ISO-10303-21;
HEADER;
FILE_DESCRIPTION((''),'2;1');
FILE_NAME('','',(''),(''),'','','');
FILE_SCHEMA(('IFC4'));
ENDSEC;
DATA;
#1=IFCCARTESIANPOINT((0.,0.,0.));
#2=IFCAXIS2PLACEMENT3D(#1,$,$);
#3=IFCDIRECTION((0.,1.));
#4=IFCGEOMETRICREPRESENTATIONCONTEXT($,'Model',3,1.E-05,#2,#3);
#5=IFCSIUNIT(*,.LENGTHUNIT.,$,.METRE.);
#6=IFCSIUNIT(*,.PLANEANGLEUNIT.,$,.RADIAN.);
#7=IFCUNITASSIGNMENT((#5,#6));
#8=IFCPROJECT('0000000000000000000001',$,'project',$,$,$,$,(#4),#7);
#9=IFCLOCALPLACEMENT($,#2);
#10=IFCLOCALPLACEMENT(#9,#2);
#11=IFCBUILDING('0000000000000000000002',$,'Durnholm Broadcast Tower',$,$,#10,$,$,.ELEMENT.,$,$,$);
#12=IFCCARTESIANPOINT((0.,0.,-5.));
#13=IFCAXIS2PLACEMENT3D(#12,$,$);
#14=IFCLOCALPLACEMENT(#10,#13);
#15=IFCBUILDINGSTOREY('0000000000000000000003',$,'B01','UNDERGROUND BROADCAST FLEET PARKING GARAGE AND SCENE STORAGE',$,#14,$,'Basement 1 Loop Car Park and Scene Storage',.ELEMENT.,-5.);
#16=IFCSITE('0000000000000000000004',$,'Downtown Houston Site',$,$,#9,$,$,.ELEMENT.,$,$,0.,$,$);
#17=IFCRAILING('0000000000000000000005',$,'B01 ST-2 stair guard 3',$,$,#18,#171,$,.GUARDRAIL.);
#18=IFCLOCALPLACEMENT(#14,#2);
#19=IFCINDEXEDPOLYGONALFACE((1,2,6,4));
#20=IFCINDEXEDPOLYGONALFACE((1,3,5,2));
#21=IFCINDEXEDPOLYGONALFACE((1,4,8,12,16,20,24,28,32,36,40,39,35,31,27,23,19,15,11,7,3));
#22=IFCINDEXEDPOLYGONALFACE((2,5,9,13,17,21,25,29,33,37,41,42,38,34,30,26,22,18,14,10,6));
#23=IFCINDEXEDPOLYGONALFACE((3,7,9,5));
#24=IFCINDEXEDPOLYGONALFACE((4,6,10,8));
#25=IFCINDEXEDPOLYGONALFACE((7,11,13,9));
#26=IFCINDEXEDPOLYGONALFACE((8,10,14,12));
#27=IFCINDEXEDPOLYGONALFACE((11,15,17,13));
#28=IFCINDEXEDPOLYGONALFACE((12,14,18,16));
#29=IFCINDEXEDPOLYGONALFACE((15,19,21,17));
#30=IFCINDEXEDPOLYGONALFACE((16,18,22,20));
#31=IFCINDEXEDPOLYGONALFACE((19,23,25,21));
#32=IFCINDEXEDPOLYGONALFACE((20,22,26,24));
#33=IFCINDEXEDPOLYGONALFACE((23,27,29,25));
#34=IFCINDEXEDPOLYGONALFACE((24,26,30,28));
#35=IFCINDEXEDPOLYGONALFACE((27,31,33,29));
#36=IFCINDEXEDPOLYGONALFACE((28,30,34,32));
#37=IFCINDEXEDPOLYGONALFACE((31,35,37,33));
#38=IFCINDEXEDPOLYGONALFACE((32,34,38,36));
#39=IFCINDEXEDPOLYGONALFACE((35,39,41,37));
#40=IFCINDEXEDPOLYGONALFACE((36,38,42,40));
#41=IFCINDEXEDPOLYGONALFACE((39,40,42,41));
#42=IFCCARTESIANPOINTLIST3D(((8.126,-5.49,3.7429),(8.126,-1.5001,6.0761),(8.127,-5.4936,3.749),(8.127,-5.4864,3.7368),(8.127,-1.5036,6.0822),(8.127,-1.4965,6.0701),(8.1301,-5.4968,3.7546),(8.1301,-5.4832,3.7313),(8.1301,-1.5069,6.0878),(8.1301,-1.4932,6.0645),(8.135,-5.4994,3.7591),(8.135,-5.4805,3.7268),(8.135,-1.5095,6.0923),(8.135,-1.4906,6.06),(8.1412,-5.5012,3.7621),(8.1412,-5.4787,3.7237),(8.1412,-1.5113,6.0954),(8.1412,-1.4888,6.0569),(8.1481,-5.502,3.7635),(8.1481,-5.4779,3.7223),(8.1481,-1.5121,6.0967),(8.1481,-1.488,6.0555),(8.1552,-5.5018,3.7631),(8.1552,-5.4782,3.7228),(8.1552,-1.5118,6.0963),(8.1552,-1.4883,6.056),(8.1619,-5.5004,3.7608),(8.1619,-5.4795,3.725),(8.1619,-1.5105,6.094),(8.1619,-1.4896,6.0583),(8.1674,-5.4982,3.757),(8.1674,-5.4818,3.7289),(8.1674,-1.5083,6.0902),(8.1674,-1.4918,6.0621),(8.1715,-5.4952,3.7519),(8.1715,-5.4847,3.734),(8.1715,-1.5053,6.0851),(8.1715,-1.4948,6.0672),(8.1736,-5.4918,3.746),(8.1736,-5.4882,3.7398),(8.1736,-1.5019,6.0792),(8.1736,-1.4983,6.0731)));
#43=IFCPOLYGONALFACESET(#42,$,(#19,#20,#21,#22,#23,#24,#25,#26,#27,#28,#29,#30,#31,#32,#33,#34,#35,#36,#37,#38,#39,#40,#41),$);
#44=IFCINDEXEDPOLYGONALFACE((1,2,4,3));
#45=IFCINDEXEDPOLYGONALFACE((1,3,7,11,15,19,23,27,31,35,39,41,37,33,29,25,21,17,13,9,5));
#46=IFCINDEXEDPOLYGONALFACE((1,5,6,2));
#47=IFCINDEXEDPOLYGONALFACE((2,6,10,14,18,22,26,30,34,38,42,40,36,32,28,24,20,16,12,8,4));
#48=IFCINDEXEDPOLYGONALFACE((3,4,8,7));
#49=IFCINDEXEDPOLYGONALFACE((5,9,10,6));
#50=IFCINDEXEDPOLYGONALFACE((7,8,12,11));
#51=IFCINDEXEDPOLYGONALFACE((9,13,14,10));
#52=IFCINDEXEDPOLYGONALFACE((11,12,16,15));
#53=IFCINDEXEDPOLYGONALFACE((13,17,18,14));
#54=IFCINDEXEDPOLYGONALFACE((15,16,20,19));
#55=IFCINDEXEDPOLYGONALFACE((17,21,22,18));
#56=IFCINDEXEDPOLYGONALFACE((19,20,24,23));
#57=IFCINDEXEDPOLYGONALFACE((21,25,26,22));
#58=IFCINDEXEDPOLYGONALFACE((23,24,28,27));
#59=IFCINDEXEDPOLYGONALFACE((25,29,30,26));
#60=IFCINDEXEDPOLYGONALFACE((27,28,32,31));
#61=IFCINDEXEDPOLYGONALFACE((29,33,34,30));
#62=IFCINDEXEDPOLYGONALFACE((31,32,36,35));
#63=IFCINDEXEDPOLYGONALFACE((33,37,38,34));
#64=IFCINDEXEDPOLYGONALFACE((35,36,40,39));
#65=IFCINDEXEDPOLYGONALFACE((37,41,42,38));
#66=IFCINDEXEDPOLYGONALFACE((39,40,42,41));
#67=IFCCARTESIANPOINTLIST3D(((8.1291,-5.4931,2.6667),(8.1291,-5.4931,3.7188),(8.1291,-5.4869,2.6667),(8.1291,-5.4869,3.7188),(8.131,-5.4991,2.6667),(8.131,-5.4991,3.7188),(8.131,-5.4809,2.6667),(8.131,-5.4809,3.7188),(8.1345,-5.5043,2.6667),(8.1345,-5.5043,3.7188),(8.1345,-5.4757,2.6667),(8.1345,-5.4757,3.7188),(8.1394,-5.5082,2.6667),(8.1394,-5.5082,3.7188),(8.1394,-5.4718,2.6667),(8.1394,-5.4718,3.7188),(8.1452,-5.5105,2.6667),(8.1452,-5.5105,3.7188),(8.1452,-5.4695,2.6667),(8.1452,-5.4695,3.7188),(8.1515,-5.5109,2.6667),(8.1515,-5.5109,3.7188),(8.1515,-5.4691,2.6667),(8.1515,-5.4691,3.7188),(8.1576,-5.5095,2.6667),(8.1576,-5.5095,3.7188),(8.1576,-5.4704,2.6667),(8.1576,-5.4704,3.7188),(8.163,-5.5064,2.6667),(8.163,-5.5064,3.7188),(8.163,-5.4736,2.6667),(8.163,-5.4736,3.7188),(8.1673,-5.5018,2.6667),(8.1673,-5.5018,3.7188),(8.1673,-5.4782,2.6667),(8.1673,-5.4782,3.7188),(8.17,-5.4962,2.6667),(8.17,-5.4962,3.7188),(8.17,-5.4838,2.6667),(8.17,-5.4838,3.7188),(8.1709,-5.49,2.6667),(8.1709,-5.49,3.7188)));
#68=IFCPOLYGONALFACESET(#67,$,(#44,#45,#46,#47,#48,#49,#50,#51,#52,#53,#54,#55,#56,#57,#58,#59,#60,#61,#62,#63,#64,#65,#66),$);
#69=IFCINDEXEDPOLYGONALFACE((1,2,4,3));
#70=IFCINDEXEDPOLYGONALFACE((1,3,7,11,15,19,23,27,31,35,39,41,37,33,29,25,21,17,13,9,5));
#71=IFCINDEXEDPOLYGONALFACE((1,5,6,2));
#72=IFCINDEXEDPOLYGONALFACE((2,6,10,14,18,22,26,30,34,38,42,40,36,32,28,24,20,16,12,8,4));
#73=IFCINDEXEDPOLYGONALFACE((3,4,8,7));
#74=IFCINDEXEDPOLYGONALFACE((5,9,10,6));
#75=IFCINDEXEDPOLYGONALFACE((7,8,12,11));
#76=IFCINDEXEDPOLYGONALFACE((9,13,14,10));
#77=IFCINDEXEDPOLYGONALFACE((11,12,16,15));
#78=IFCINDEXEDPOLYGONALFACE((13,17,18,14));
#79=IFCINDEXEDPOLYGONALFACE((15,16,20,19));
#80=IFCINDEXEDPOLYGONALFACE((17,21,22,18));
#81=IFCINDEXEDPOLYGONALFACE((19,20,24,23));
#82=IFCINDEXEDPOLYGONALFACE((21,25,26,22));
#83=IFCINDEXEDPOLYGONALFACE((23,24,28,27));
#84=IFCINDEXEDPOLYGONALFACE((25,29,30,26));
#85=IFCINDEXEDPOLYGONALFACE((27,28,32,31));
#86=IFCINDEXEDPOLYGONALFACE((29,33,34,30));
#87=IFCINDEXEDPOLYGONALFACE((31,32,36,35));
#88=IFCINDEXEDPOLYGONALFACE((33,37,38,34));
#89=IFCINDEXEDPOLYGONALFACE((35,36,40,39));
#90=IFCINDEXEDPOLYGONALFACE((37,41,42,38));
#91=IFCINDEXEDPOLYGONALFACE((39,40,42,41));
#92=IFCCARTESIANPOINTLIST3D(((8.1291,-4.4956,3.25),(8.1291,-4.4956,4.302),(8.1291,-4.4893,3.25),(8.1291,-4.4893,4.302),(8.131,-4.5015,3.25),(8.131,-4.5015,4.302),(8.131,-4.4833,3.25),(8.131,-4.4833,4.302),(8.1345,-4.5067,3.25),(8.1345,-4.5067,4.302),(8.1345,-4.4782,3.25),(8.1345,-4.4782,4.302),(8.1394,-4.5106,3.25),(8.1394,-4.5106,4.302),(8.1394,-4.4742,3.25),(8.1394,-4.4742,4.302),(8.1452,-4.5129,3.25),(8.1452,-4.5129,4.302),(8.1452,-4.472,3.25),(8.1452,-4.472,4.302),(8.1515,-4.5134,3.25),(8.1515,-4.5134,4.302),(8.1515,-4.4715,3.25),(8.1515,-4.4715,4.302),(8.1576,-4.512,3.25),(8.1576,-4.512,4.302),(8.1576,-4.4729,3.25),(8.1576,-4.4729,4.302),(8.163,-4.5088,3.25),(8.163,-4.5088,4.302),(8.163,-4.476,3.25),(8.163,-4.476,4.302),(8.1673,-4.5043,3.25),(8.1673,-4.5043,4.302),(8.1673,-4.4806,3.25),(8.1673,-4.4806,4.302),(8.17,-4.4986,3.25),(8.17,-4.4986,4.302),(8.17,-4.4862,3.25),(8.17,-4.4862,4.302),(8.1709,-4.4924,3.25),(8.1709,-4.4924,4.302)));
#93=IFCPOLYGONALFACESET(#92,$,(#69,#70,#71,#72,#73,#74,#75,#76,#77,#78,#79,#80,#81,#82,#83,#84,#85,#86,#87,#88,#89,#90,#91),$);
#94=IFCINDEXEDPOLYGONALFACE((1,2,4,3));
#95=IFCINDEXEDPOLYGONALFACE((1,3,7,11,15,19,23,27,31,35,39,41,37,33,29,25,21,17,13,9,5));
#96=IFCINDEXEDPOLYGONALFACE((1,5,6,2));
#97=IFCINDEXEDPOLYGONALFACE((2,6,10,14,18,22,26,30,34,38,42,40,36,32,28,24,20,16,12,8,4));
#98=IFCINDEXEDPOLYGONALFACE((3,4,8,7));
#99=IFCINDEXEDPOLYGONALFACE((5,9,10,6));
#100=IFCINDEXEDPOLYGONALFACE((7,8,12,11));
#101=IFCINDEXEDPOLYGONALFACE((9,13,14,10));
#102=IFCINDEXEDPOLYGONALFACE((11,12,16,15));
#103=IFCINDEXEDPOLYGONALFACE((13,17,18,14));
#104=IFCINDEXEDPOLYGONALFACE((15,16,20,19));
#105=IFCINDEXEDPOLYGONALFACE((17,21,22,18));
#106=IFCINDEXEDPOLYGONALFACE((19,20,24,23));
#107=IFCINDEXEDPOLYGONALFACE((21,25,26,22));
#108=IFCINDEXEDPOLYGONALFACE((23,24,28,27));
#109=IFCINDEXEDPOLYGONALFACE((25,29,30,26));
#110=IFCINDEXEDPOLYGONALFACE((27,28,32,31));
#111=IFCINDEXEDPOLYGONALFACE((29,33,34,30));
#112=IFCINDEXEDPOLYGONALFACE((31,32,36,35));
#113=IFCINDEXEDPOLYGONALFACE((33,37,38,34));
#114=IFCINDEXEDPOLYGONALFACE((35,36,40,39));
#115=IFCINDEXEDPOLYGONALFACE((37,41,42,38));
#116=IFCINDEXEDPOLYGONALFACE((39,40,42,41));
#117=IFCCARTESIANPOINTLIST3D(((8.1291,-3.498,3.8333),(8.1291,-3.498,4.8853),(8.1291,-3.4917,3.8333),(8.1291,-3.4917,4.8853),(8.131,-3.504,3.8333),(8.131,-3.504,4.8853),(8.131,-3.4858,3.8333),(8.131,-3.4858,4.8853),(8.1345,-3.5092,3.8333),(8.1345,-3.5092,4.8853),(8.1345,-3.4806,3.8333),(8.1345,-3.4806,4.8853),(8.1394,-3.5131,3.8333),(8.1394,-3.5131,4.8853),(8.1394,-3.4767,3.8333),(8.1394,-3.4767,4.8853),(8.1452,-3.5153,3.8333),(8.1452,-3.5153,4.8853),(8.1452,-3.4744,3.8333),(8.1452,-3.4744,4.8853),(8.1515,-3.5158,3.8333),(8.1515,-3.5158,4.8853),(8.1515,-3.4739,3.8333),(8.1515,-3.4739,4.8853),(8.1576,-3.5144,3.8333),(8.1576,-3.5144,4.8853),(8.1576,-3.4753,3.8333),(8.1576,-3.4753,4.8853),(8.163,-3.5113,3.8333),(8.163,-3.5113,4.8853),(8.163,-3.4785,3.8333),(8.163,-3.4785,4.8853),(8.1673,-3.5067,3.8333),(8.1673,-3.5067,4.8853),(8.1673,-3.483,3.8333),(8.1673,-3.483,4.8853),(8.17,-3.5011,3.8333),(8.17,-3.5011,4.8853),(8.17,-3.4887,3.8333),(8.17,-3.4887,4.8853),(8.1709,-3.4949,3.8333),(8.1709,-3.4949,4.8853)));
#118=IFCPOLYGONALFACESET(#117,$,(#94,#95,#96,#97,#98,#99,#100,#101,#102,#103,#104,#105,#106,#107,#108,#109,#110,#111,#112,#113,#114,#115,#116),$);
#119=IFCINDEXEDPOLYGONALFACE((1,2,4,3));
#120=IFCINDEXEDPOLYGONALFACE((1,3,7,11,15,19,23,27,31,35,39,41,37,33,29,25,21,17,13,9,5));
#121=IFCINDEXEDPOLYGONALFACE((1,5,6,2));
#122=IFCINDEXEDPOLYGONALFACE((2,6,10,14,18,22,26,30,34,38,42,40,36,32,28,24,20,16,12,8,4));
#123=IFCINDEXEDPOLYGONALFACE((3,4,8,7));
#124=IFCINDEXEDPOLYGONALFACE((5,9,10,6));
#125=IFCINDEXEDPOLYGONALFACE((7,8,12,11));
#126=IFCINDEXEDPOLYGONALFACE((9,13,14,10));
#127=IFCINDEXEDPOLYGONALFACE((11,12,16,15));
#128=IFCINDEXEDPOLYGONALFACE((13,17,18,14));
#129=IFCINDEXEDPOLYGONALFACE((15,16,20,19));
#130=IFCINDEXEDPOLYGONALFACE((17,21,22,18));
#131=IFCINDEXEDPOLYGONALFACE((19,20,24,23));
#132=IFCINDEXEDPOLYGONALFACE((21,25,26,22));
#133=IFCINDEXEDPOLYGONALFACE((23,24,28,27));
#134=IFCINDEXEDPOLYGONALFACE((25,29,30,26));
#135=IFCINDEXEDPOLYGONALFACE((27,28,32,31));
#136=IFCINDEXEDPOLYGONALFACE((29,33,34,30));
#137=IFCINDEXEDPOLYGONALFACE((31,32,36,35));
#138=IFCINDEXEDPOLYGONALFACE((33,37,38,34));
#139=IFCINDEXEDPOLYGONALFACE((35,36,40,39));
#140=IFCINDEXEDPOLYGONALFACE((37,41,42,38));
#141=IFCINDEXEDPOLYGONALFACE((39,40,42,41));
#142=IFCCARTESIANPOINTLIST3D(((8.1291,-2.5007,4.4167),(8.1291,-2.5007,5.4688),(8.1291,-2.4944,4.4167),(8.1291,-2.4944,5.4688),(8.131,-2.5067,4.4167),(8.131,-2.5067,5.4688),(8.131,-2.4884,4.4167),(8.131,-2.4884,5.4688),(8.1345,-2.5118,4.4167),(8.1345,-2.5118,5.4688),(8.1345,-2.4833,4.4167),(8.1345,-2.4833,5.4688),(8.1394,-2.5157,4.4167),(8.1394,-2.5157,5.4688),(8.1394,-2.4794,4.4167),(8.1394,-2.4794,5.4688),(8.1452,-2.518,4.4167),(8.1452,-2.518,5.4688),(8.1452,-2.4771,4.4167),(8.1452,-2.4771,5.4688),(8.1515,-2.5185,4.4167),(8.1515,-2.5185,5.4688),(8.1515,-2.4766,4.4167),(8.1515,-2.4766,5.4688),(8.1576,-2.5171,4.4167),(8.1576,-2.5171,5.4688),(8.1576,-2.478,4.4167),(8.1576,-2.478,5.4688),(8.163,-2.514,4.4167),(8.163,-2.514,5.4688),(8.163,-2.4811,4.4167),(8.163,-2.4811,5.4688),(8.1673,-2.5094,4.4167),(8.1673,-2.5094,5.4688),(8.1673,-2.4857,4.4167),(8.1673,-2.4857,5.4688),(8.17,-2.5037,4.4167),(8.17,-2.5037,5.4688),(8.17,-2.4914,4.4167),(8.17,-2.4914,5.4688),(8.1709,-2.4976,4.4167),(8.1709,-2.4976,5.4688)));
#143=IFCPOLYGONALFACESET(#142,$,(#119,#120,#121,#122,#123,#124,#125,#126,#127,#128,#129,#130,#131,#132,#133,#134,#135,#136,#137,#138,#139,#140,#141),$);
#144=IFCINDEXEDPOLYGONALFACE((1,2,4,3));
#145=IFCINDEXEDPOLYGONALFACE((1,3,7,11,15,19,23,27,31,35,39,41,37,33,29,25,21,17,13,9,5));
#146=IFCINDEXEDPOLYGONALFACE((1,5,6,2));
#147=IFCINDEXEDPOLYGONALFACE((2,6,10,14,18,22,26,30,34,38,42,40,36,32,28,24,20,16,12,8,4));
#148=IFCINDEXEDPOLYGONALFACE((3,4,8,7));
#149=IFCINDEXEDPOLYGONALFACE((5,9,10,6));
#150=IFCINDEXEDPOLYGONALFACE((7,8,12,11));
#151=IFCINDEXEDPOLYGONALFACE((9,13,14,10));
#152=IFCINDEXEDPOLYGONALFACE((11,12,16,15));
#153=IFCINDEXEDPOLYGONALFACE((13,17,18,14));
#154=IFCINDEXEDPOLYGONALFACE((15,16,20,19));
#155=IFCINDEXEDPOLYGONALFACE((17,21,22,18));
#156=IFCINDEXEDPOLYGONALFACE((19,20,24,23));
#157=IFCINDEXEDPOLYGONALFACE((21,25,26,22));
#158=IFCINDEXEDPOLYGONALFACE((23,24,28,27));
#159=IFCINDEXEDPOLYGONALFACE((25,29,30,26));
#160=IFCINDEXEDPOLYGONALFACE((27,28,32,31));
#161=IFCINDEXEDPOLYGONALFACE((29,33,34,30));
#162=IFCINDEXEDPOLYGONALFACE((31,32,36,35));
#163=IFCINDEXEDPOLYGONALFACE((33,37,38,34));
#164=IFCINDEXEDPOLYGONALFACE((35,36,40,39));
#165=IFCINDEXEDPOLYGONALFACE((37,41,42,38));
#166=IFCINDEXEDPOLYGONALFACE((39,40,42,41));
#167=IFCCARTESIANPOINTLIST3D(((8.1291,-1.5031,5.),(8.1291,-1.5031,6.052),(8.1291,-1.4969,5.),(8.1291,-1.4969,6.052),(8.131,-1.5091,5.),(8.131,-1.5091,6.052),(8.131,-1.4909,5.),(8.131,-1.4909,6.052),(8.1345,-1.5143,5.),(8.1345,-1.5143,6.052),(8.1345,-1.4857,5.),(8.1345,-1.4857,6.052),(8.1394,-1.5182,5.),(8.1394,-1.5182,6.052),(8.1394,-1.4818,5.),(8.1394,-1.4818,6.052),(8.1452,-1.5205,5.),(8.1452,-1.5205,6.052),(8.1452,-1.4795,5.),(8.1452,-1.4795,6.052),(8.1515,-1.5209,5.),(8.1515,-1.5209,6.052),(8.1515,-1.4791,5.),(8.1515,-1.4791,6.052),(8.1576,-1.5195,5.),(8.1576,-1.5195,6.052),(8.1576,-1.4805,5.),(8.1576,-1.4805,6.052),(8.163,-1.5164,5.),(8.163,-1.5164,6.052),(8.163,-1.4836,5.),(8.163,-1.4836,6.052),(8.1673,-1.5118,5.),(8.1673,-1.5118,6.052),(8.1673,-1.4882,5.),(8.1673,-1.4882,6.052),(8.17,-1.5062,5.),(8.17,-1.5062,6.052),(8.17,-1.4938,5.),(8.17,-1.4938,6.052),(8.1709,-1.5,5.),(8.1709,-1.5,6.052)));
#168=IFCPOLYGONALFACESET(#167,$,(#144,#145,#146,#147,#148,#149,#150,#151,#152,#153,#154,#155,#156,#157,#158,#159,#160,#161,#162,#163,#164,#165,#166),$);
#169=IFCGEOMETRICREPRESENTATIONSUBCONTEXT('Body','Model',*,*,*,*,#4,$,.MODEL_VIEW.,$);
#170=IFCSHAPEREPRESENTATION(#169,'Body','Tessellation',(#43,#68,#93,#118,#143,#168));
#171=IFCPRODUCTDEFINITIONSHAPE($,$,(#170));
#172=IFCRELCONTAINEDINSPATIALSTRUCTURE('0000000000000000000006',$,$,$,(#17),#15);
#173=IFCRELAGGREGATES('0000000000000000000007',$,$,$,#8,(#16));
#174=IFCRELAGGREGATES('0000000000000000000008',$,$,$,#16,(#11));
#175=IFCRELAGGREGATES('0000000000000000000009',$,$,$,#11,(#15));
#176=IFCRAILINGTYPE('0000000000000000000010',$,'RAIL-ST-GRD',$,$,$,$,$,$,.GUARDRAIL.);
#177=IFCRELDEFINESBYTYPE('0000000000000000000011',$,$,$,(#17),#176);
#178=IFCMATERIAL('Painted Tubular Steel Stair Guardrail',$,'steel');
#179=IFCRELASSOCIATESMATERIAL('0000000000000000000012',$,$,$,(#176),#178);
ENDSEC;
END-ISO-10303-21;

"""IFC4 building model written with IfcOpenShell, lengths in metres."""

from ifc_helpers import new_model, si_unit, direction, frame, origin, origin_2d, place, context, subcontext, project, spatial, circle, extrude, material, type_object, element, save


model = new_model("IFC4")

# Units and contexts
model_context = context("Model", 3, precision=1e-05, world=origin(), true_north=direction((0.0, 1.0)))
body_context = subcontext(model_context, "Body", "Model", "MODEL_VIEW")
ifc_project = project(units=[si_unit("LENGTHUNIT", "METRE"), si_unit("PLANEANGLEUNIT", "RADIAN")], contexts=[model_context])

# Site, building, storey
site_placement = place(None, origin())
site = spatial("IfcSite", under=ifc_project, at=site_placement, Name="Downtown Houston Site", CompositionType="ELEMENT", RefElevation=0.0)
building_placement = place(site_placement, origin())
building = spatial("IfcBuilding", under=site, at=building_placement, Name="Durnholm Broadcast Tower", CompositionType="ELEMENT")
storey_placement = place(building_placement, frame((0.0, 0.0, -5.0)))
storey = spatial("IfcBuildingStorey", under=building, at=storey_placement, Name="B01", Description="UNDERGROUND BROADCAST FLEET PARKING GARAGE AND SCENE STORAGE", LongName="Basement 1 Loop Car Park and Scene Storage", CompositionType="ELEMENT", Elevation=-5.0)

# Railing
ifc_material_1 = material(Name="Painted Tubular Steel Stair Guardrail", Category="steel")
railing_type_1 = type_object("IfcRailingType", Name="RAIL-ST-GRD", PredefinedType="GUARDRAIL", material=ifc_material_1)
railing_1_placement = place(storey_placement, frame((8.1499, -5.49, 2.6667)))
element("IfcRailing", 1, at=railing_1_placement, inside=storey, type_object=railing_type_1, Name="B01 ST-2 stair guard 3", PredefinedType="GUARDRAIL", context=body_context, shape_type="SweptSolid", body=[
    extrude(circle(Radius=0.0239, at=origin_2d()), frame((0.0, 0.0, 1.0762), z_axis=(0.0, 0.863236, 0.5048), x_axis=(-1.0, 0.0, 0.0)), (0.0, 0.0, 1.0), 4.6221),
    extrude(circle(Radius=0.021, at=origin_2d()), origin(), (0.0, 0.0, 1.0), 1.052),
    extrude(circle(Radius=0.021, at=origin_2d()), frame((0.0, 0.9976, 0.5833)), (0.0, 0.0, 1.0), 1.052),
    extrude(circle(Radius=0.021, at=origin_2d()), frame((0.0, 1.9951, 1.1665)), (0.0, 0.0, 1.0), 1.052),
    extrude(circle(Radius=0.021, at=origin_2d()), frame((0.0, 2.9924, 1.75)), (0.0, 0.0, 1.0), 1.052),
    extrude(circle(Radius=0.021, at=origin_2d()), frame((0.0, 3.99, 2.3333)), (0.0, 0.0, 1.0), 1.052),
])

save(model, "model.ifc")
